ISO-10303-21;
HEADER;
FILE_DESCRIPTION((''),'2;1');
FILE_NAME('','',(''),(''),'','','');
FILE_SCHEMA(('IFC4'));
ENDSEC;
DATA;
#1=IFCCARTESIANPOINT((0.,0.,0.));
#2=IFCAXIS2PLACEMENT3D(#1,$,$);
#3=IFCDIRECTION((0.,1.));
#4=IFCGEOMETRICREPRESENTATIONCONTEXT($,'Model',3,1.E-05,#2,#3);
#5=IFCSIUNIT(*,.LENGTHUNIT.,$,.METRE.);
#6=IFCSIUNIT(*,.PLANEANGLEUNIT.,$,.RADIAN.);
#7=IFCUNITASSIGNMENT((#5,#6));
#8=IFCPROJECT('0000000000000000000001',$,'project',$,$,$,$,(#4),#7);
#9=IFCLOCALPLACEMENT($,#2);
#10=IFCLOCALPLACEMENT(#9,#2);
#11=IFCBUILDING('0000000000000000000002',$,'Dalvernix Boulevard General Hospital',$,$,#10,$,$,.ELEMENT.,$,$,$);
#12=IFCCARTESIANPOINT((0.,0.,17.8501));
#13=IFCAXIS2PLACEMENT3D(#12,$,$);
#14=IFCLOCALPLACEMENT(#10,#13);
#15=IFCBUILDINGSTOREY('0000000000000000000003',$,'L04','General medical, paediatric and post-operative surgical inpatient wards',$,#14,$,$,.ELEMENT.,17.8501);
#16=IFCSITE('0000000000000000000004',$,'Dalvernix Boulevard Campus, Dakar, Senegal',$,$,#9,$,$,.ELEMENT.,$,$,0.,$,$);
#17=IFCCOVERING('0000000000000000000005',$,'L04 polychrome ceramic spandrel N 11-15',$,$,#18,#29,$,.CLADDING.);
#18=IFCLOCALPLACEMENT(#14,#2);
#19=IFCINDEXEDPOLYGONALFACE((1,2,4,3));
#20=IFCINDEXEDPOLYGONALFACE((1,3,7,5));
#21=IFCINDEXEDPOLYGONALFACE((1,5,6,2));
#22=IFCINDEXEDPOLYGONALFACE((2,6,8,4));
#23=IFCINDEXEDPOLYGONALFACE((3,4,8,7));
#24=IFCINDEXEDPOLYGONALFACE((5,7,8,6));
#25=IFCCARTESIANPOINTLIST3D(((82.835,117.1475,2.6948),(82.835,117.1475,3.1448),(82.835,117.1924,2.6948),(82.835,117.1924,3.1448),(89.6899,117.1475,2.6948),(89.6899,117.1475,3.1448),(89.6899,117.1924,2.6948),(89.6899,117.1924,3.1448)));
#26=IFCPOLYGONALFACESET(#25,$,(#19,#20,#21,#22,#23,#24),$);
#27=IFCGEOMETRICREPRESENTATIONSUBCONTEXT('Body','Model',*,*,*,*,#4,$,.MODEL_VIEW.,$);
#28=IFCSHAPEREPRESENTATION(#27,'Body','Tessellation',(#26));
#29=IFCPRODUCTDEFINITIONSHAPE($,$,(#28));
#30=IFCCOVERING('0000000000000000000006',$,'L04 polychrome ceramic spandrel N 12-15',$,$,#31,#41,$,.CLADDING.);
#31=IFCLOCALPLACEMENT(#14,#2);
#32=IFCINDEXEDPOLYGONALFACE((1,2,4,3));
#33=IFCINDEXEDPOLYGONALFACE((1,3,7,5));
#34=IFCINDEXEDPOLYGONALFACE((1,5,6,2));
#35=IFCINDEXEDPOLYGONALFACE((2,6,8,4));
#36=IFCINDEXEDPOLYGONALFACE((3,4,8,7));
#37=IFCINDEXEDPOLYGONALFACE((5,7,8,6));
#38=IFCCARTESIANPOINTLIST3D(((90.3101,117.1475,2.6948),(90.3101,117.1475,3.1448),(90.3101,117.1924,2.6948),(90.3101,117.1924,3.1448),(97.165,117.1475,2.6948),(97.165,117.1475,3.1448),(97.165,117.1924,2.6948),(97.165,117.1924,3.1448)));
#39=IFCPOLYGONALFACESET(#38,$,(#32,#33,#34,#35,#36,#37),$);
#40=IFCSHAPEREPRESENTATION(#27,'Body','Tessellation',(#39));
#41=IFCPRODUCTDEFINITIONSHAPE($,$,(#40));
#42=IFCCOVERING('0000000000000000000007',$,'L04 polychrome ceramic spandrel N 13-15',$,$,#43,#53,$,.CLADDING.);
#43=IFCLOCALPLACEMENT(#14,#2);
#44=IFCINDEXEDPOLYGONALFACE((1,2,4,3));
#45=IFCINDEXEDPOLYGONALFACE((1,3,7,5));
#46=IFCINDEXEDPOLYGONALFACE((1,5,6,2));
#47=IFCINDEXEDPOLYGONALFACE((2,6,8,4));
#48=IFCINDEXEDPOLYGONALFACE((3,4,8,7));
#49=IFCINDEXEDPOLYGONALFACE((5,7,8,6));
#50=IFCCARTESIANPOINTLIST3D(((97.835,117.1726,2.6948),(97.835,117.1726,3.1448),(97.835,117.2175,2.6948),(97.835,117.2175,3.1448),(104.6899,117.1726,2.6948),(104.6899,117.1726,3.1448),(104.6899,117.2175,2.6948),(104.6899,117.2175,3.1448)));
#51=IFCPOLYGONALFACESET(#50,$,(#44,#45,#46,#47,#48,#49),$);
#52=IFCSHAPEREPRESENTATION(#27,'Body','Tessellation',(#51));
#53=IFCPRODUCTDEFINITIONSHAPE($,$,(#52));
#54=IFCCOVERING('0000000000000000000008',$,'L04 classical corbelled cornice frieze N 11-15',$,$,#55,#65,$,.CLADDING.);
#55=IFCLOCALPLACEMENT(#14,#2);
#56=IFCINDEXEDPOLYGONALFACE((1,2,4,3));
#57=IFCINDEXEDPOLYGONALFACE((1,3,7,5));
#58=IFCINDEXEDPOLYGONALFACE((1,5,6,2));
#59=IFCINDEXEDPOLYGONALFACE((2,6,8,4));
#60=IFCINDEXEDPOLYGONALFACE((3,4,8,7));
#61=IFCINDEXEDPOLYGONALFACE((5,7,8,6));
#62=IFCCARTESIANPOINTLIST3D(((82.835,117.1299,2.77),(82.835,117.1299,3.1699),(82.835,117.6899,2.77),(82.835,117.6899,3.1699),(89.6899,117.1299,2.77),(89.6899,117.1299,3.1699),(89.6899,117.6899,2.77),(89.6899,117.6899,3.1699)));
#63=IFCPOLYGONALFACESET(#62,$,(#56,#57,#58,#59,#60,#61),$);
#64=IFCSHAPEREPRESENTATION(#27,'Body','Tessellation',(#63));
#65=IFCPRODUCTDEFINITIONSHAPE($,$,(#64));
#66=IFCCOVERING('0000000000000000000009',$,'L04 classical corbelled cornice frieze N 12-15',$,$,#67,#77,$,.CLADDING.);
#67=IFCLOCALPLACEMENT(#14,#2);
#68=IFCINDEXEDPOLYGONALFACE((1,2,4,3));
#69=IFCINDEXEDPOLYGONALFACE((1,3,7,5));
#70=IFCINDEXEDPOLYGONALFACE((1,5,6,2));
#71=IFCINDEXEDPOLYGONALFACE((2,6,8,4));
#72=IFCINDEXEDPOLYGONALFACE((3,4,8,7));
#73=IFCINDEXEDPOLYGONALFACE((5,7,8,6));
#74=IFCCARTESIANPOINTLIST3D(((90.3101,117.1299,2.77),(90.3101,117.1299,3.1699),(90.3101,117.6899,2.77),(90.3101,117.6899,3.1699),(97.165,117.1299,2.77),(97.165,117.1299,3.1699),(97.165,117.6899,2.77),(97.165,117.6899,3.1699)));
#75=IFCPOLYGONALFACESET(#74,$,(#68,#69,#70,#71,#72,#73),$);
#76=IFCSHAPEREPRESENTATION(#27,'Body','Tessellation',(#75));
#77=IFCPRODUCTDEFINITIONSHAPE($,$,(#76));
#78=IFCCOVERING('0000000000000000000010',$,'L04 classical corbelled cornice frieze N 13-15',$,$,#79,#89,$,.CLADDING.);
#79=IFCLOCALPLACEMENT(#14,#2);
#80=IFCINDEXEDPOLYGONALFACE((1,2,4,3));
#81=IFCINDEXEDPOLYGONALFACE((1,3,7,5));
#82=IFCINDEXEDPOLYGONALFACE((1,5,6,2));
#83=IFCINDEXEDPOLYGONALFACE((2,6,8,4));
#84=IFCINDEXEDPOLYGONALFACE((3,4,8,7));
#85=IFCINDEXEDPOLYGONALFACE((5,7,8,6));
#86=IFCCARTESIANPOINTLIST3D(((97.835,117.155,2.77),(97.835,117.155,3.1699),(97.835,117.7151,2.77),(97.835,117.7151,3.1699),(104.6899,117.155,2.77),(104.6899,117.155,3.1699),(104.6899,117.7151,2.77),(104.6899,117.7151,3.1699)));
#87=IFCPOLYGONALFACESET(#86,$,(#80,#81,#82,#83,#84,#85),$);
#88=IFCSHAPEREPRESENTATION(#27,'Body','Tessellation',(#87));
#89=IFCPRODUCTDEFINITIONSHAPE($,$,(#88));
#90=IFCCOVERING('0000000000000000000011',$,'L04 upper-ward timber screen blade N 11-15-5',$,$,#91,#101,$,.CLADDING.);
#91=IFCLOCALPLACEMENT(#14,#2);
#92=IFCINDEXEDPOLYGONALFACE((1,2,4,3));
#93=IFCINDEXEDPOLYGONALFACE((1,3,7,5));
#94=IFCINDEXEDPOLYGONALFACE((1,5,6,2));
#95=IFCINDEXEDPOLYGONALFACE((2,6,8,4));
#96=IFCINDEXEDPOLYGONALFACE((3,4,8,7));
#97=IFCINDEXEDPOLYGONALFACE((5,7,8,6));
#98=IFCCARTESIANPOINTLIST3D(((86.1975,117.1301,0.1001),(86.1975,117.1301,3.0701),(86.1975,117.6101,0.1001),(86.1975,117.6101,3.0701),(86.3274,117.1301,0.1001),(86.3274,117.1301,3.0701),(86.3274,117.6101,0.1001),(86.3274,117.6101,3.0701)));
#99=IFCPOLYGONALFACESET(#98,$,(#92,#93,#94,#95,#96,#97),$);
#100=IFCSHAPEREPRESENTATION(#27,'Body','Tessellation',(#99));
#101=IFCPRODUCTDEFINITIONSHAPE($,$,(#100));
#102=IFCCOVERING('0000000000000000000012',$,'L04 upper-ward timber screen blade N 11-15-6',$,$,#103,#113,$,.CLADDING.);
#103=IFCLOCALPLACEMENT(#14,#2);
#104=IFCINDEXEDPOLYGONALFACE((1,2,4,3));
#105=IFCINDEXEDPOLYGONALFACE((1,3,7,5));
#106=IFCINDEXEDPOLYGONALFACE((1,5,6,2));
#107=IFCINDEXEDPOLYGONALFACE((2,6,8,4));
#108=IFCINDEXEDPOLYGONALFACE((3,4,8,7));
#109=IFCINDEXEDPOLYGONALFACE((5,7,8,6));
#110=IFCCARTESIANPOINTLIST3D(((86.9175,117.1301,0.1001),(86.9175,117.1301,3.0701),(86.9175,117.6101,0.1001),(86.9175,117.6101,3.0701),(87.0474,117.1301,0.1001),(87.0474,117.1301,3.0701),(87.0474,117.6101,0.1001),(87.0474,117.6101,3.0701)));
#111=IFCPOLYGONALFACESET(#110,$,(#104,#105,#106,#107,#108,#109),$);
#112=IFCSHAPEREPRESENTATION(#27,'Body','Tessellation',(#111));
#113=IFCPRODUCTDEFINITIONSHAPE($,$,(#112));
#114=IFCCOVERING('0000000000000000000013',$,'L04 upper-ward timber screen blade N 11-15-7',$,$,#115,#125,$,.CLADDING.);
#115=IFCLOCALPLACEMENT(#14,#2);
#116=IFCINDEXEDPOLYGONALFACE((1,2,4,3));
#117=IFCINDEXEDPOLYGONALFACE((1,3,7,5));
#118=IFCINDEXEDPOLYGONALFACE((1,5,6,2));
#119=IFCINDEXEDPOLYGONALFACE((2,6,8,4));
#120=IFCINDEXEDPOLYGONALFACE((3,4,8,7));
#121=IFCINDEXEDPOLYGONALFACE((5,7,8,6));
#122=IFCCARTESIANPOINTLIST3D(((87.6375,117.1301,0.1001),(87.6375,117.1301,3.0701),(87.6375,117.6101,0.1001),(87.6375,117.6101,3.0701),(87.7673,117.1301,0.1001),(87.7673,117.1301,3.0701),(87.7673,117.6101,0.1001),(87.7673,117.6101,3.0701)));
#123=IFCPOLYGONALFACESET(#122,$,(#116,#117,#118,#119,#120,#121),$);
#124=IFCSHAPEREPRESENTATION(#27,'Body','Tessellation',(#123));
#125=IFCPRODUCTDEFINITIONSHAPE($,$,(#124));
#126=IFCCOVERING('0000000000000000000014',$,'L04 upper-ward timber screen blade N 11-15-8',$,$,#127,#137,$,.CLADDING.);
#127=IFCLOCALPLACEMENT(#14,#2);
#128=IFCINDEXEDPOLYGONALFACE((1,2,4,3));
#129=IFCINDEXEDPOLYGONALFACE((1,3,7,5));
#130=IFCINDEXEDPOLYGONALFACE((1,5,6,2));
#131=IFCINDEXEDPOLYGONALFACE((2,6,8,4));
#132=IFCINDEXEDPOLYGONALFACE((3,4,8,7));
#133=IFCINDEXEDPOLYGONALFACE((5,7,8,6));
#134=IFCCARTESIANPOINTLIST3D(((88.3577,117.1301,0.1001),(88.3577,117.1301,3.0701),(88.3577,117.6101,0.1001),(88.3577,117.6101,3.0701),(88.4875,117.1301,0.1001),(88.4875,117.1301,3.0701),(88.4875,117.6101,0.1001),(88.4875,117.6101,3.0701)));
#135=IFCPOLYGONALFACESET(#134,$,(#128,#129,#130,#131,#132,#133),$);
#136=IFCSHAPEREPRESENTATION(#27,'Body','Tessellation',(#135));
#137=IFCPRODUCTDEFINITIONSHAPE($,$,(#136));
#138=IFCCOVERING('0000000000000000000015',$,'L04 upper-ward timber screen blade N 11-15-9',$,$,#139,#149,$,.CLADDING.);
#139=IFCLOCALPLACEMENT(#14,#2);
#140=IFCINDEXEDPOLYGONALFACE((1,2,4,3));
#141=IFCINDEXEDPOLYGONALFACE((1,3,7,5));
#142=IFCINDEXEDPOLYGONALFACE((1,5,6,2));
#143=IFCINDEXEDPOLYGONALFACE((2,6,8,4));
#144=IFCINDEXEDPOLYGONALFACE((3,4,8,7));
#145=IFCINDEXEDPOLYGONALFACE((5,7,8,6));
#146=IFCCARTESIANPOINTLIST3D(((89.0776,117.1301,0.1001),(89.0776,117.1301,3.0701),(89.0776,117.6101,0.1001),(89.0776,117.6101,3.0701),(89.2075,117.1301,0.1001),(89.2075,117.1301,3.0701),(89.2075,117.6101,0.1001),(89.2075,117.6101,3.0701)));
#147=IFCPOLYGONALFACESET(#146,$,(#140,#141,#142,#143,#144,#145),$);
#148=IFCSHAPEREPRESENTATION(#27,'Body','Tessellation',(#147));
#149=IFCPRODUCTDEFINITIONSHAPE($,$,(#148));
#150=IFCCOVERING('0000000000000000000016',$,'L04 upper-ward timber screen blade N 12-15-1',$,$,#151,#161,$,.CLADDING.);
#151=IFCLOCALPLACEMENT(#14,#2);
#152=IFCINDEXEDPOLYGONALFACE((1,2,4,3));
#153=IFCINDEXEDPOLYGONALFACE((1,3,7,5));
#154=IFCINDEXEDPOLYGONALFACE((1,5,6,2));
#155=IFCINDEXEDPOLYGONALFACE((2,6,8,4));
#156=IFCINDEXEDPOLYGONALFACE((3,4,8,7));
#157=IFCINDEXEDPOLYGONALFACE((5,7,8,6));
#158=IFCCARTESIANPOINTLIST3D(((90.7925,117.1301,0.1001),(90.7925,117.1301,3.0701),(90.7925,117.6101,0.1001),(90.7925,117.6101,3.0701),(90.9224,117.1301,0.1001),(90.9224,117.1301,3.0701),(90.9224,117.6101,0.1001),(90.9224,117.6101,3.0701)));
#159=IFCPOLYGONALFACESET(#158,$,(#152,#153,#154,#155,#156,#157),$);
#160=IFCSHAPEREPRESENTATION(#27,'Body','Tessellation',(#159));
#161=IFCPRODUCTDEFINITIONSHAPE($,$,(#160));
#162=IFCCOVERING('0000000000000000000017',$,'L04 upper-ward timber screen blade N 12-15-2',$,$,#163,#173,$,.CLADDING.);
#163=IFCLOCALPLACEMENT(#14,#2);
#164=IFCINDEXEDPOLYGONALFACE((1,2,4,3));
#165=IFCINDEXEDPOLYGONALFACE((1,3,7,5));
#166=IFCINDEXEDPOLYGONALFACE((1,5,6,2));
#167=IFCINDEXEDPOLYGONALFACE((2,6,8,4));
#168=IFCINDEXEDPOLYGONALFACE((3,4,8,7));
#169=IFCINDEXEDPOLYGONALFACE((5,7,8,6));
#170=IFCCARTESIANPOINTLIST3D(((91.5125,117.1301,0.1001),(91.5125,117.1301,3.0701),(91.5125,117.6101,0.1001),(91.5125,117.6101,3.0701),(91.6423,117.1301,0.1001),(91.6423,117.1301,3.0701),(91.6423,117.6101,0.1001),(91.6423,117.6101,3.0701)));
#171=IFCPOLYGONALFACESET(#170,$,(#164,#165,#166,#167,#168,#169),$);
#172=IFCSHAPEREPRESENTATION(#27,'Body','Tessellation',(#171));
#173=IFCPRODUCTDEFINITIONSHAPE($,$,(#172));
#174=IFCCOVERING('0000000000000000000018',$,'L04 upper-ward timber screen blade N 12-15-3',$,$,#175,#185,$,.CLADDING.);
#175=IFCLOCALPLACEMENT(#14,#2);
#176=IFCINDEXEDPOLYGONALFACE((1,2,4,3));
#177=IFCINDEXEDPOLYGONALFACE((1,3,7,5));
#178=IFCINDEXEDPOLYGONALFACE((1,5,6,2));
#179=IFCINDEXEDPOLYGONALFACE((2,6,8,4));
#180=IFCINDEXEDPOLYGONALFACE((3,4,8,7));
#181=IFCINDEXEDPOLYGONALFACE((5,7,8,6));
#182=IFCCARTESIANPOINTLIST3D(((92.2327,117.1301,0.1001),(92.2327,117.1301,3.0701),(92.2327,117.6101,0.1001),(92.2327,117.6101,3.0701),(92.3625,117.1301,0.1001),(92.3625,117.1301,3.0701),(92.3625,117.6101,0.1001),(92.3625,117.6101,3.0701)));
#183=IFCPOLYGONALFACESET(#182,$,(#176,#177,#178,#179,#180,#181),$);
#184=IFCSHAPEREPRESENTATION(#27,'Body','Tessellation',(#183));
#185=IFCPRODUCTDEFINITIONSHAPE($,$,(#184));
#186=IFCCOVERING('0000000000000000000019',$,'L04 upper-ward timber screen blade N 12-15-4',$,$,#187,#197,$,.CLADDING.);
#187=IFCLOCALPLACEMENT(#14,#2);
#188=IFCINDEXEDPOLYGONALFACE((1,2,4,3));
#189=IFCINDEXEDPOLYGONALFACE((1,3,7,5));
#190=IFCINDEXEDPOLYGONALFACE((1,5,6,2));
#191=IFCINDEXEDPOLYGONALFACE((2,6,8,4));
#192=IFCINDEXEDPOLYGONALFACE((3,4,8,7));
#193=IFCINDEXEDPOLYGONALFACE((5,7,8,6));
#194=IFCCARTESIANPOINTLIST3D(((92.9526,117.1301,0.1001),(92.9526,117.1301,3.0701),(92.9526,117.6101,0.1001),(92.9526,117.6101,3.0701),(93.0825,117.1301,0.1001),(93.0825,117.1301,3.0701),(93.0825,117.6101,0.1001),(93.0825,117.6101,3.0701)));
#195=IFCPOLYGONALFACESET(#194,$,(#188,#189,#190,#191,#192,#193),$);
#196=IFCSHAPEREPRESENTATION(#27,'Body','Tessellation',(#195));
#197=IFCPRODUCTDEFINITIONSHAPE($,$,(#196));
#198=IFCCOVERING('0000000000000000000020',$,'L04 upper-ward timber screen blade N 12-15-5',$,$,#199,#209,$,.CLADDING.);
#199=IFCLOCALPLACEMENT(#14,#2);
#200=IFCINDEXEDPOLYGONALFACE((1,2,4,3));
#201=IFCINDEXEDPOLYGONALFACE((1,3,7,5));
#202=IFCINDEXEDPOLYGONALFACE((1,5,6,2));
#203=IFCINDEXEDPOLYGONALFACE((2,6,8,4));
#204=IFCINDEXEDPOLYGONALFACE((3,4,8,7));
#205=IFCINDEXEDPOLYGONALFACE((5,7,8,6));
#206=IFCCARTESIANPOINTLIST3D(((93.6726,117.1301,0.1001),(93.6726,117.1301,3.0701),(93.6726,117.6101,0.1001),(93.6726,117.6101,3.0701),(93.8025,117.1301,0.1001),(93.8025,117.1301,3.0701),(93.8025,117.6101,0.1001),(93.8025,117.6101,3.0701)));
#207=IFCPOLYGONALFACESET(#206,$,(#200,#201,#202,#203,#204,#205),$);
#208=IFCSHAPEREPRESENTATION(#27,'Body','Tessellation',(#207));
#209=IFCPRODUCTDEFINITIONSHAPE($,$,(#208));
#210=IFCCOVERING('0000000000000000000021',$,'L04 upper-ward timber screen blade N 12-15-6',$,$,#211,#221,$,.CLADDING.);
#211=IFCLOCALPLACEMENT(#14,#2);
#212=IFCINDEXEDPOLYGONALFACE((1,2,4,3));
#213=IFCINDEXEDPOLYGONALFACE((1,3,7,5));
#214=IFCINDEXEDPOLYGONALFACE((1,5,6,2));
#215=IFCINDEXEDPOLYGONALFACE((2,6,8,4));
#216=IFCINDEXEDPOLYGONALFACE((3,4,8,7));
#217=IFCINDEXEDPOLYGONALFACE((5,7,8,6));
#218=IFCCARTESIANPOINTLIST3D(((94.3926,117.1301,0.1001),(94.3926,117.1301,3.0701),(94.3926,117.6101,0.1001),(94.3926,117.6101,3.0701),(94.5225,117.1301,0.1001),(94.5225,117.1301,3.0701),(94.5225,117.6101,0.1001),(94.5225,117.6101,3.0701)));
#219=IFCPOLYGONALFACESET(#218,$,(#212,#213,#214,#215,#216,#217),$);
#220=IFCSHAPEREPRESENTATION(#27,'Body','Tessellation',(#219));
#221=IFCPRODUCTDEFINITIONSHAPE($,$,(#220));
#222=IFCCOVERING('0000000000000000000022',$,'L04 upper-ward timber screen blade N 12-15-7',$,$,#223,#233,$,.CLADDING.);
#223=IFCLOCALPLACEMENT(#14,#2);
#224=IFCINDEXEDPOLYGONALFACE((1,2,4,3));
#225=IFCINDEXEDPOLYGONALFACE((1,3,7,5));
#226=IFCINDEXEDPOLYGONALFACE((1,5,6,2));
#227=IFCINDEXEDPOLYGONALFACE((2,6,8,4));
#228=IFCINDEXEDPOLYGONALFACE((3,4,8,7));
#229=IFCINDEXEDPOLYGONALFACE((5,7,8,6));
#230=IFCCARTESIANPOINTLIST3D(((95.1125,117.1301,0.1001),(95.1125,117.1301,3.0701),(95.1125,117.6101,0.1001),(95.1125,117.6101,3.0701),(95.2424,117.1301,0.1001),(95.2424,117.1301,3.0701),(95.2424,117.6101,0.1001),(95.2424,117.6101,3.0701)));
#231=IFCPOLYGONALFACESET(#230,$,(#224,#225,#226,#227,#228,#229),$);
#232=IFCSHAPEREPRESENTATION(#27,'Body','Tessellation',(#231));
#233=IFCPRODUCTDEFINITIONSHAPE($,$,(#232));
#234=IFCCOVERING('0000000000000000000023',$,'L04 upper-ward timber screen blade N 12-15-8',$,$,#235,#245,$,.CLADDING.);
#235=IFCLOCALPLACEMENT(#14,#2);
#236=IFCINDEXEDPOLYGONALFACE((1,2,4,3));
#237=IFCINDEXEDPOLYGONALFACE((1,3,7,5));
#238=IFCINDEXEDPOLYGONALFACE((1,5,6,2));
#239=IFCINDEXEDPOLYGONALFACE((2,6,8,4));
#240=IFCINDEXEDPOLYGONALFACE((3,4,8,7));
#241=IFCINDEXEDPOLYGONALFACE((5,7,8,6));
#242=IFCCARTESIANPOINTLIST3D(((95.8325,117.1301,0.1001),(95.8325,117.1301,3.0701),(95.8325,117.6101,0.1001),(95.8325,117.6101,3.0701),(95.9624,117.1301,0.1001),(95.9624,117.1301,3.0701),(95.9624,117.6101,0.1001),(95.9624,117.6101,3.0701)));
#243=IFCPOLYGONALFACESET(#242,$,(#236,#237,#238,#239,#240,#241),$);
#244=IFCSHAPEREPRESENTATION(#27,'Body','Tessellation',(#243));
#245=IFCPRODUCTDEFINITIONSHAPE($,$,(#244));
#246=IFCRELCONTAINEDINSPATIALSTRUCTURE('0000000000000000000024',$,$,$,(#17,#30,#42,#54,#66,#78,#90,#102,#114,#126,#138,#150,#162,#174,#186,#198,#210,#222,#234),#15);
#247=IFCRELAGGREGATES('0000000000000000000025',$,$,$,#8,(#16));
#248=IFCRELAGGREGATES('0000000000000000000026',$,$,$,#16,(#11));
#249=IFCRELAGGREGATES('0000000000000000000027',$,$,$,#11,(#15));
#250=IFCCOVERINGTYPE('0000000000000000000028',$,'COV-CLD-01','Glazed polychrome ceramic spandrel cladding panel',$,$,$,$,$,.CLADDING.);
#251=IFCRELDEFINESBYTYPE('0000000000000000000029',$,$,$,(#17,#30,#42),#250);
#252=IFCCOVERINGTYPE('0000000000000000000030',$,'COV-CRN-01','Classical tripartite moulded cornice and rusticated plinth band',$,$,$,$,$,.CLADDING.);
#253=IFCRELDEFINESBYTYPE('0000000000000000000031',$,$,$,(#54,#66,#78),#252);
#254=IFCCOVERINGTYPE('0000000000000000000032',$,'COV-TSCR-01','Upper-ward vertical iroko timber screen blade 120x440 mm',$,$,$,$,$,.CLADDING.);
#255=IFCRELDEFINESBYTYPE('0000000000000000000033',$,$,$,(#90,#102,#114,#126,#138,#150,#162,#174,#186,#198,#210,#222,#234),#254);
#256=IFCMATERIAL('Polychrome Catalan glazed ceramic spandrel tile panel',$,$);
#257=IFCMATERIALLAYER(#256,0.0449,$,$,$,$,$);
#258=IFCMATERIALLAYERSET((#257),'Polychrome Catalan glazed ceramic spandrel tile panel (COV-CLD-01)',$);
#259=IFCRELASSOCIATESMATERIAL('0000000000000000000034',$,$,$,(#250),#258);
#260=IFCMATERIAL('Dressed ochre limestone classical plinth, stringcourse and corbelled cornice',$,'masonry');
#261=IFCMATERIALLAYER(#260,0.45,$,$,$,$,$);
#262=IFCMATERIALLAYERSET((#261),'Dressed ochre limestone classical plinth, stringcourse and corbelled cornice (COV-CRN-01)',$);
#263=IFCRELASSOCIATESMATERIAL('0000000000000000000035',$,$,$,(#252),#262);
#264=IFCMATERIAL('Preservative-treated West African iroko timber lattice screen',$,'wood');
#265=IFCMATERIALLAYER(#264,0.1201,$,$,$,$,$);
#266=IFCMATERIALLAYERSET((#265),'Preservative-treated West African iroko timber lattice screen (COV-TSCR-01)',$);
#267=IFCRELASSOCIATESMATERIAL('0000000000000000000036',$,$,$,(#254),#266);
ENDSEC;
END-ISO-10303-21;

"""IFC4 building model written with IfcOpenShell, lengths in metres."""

from ifc_helpers import new_model, si_unit, direction, frame, origin, origin_2d, place, context, subcontext, project, spatial, rectangle, extrude, material, layer, layer_set, type_object, element, save


model = new_model("IFC4")

# Units and contexts
model_context = context("Model", 3, precision=1e-05, world=origin(), true_north=direction((0.0, 1.0)))
body_context = subcontext(model_context, "Body", "Model", "MODEL_VIEW")
ifc_project = project(units=[si_unit("LENGTHUNIT", "METRE"), si_unit("PLANEANGLEUNIT", "RADIAN")], contexts=[model_context])

# Site, building, storey
site_placement = place(None, origin())
site = spatial("IfcSite", under=ifc_project, at=site_placement, Name="Dalvernix Boulevard Campus, Dakar, Senegal", CompositionType="ELEMENT", RefElevation=0.0)
building_placement = place(site_placement, origin())
building = spatial("IfcBuilding", under=site, at=building_placement, Name="Dalvernix Boulevard General Hospital", CompositionType="ELEMENT")
storey_placement = place(building_placement, frame((0.0, 0.0, 17.8501)))
storey = spatial("IfcBuildingStorey", under=building, at=storey_placement, Name="L04", Description="General medical, paediatric and post-operative surgical inpatient wards", CompositionType="ELEMENT", Elevation=17.8501)

# Coverings
ifc_material_1 = material(Name="Polychrome Catalan glazed ceramic spandrel tile panel")
ifc_layer_1 = layer(ifc_material_1, 0.0449)
ifc_layer_set_1 = layer_set([ifc_layer_1], Name="Polychrome Catalan glazed ceramic spandrel tile panel (COV-CLD-01)")
covering_type_1 = type_object("IfcCoveringType", Name="COV-CLD-01", Description="Glazed polychrome ceramic spandrel cladding panel", PredefinedType="CLADDING", material=ifc_layer_set_1)
for number, where, z_axis, x_axis, name in (
    (1, (86.2625, 117.1699, 2.6948), (0.0, 0.0, 1.0), (1.0, 0.0, 0.0), "L04 polychrome ceramic spandrel N 11-15"),
    (2, (93.7375, 117.1699, 2.6948), (0.0, 0.0, 1.0), (1.0, 0.0, 0.0), "L04 polychrome ceramic spandrel N 12-15"),
    (3, (101.2625, 117.1951, 2.6948), (0.0, 0.0, 1.0), (1.0, 0.0, 0.0), "L04 polychrome ceramic spandrel N 13-15"),
):
    element("IfcCovering", number, at=place(storey_placement, frame(where, z_axis=z_axis, x_axis=x_axis)), inside=storey, type_object=covering_type_1, Name=name, PredefinedType="CLADDING", context=body_context, shape_type="SweptSolid", body=[
        extrude(rectangle(XDim=6.855, YDim=0.0449, at=origin_2d()), origin(), (0.0, 0.0, 1.0), 0.45),
    ])
ifc_material_2 = material(Name="Dressed ochre limestone classical plinth, stringcourse and corbelled cornice", Category="masonry")
ifc_layer_2 = layer(ifc_material_2, 0.45)
ifc_layer_set_2 = layer_set([ifc_layer_2], Name="Dressed ochre limestone classical plinth, stringcourse and corbelled cornice (COV-CRN-01)")
covering_type_2 = type_object("IfcCoveringType", Name="COV-CRN-01", Description="Classical tripartite moulded cornice and rusticated plinth band", PredefinedType="CLADDING", material=ifc_layer_set_2)
for number, where, z_axis, x_axis, name in (
    (4, (86.2625, 117.4099, 2.77), (0.0, 0.0, 1.0), (1.0, 0.0, 0.0), "L04 classical corbelled cornice frieze N 11-15"),
    (5, (93.7375, 117.4099, 2.77), (0.0, 0.0, 1.0), (1.0, 0.0, 0.0), "L04 classical corbelled cornice frieze N 12-15"),
    (6, (101.2625, 117.4351, 2.77), (0.0, 0.0, 1.0), (1.0, 0.0, 0.0), "L04 classical corbelled cornice frieze N 13-15"),
):
    element("IfcCovering", number, at=place(storey_placement, frame(where, z_axis=z_axis, x_axis=x_axis)), inside=storey, type_object=covering_type_2, Name=name, PredefinedType="CLADDING", context=body_context, shape_type="SweptSolid", body=[
        extrude(rectangle(XDim=6.855, YDim=0.5601, at=origin_2d()), origin(), (0.0, 0.0, 1.0), 0.3999),
    ])
ifc_material_3 = material(Name="Preservative-treated West African iroko timber lattice screen", Category="wood")
ifc_layer_3 = layer(ifc_material_3, 0.1201)
ifc_layer_set_3 = layer_set([ifc_layer_3], Name="Preservative-treated West African iroko timber lattice screen (COV-TSCR-01)")
covering_type_3 = type_object("IfcCoveringType", Name="COV-TSCR-01", Description="Upper-ward vertical iroko timber screen blade 120x440 mm", PredefinedType="CLADDING", material=ifc_layer_set_3)
for number, where, z_axis, x_axis, name in (
    (7, (86.2625, 117.3701, 0.1001), (0.0, 0.0, 1.0), (1.0, 0.0, 0.0), "L04 upper-ward timber screen blade N 11-15-5"),
    (8, (86.9824, 117.3701, 0.1001), (0.0, 0.0, 1.0), (1.0, 0.0, 0.0), "L04 upper-ward timber screen blade N 11-15-6"),
    (9, (87.7024, 117.3701, 0.1001), (0.0, 0.0, 1.0), (1.0, 0.0, 0.0), "L04 upper-ward timber screen blade N 11-15-7"),
    (10, (88.4226, 117.3701, 0.1001), (0.0, 0.0, 1.0), (1.0, 0.0, 0.0), "L04 upper-ward timber screen blade N 11-15-8"),
    (11, (89.1426, 117.3701, 0.1001), (0.0, 0.0, 1.0), (1.0, 0.0, 0.0), "L04 upper-ward timber screen blade N 11-15-9"),
    (12, (90.8574, 117.3701, 0.1001), (0.0, 0.0, 1.0), (1.0, 0.0, 0.0), "L04 upper-ward timber screen blade N 12-15-1"),
    (13, (91.5774, 117.3701, 0.1001), (0.0, 0.0, 1.0), (1.0, 0.0, 0.0), "L04 upper-ward timber screen blade N 12-15-2"),
    (14, (92.2976, 117.3701, 0.1001), (0.0, 0.0, 1.0), (1.0, 0.0, 0.0), "L04 upper-ward timber screen blade N 12-15-3"),
    (15, (93.0176, 117.3701, 0.1001), (0.0, 0.0, 1.0), (1.0, 0.0, 0.0), "L04 upper-ward timber screen blade N 12-15-4"),
    (16, (93.7375, 117.3701, 0.1001), (0.0, 0.0, 1.0), (1.0, 0.0, 0.0), "L04 upper-ward timber screen blade N 12-15-5"),
    (17, (94.4575, 117.3701, 0.1001), (0.0, 0.0, 1.0), (1.0, 0.0, 0.0), "L04 upper-ward timber screen blade N 12-15-6"),
    (18, (95.1775, 117.3701, 0.1001), (0.0, 0.0, 1.0), (1.0, 0.0, 0.0), "L04 upper-ward timber screen blade N 12-15-7"),
    (19, (95.8975, 117.3701, 0.1001), (0.0, 0.0, 1.0), (1.0, 0.0, 0.0), "L04 upper-ward timber screen blade N 12-15-8"),
):
    element("IfcCovering", number, at=place(storey_placement, frame(where, z_axis=z_axis, x_axis=x_axis)), inside=storey, type_object=covering_type_3, Name=name, PredefinedType="CLADDING", context=body_context, shape_type="SweptSolid", body=[
        extrude(rectangle(XDim=0.1299, YDim=0.48, at=origin_2d()), origin(), (0.0, 0.0, 1.0), 2.97),
    ])

save(model, "model.ifc")
